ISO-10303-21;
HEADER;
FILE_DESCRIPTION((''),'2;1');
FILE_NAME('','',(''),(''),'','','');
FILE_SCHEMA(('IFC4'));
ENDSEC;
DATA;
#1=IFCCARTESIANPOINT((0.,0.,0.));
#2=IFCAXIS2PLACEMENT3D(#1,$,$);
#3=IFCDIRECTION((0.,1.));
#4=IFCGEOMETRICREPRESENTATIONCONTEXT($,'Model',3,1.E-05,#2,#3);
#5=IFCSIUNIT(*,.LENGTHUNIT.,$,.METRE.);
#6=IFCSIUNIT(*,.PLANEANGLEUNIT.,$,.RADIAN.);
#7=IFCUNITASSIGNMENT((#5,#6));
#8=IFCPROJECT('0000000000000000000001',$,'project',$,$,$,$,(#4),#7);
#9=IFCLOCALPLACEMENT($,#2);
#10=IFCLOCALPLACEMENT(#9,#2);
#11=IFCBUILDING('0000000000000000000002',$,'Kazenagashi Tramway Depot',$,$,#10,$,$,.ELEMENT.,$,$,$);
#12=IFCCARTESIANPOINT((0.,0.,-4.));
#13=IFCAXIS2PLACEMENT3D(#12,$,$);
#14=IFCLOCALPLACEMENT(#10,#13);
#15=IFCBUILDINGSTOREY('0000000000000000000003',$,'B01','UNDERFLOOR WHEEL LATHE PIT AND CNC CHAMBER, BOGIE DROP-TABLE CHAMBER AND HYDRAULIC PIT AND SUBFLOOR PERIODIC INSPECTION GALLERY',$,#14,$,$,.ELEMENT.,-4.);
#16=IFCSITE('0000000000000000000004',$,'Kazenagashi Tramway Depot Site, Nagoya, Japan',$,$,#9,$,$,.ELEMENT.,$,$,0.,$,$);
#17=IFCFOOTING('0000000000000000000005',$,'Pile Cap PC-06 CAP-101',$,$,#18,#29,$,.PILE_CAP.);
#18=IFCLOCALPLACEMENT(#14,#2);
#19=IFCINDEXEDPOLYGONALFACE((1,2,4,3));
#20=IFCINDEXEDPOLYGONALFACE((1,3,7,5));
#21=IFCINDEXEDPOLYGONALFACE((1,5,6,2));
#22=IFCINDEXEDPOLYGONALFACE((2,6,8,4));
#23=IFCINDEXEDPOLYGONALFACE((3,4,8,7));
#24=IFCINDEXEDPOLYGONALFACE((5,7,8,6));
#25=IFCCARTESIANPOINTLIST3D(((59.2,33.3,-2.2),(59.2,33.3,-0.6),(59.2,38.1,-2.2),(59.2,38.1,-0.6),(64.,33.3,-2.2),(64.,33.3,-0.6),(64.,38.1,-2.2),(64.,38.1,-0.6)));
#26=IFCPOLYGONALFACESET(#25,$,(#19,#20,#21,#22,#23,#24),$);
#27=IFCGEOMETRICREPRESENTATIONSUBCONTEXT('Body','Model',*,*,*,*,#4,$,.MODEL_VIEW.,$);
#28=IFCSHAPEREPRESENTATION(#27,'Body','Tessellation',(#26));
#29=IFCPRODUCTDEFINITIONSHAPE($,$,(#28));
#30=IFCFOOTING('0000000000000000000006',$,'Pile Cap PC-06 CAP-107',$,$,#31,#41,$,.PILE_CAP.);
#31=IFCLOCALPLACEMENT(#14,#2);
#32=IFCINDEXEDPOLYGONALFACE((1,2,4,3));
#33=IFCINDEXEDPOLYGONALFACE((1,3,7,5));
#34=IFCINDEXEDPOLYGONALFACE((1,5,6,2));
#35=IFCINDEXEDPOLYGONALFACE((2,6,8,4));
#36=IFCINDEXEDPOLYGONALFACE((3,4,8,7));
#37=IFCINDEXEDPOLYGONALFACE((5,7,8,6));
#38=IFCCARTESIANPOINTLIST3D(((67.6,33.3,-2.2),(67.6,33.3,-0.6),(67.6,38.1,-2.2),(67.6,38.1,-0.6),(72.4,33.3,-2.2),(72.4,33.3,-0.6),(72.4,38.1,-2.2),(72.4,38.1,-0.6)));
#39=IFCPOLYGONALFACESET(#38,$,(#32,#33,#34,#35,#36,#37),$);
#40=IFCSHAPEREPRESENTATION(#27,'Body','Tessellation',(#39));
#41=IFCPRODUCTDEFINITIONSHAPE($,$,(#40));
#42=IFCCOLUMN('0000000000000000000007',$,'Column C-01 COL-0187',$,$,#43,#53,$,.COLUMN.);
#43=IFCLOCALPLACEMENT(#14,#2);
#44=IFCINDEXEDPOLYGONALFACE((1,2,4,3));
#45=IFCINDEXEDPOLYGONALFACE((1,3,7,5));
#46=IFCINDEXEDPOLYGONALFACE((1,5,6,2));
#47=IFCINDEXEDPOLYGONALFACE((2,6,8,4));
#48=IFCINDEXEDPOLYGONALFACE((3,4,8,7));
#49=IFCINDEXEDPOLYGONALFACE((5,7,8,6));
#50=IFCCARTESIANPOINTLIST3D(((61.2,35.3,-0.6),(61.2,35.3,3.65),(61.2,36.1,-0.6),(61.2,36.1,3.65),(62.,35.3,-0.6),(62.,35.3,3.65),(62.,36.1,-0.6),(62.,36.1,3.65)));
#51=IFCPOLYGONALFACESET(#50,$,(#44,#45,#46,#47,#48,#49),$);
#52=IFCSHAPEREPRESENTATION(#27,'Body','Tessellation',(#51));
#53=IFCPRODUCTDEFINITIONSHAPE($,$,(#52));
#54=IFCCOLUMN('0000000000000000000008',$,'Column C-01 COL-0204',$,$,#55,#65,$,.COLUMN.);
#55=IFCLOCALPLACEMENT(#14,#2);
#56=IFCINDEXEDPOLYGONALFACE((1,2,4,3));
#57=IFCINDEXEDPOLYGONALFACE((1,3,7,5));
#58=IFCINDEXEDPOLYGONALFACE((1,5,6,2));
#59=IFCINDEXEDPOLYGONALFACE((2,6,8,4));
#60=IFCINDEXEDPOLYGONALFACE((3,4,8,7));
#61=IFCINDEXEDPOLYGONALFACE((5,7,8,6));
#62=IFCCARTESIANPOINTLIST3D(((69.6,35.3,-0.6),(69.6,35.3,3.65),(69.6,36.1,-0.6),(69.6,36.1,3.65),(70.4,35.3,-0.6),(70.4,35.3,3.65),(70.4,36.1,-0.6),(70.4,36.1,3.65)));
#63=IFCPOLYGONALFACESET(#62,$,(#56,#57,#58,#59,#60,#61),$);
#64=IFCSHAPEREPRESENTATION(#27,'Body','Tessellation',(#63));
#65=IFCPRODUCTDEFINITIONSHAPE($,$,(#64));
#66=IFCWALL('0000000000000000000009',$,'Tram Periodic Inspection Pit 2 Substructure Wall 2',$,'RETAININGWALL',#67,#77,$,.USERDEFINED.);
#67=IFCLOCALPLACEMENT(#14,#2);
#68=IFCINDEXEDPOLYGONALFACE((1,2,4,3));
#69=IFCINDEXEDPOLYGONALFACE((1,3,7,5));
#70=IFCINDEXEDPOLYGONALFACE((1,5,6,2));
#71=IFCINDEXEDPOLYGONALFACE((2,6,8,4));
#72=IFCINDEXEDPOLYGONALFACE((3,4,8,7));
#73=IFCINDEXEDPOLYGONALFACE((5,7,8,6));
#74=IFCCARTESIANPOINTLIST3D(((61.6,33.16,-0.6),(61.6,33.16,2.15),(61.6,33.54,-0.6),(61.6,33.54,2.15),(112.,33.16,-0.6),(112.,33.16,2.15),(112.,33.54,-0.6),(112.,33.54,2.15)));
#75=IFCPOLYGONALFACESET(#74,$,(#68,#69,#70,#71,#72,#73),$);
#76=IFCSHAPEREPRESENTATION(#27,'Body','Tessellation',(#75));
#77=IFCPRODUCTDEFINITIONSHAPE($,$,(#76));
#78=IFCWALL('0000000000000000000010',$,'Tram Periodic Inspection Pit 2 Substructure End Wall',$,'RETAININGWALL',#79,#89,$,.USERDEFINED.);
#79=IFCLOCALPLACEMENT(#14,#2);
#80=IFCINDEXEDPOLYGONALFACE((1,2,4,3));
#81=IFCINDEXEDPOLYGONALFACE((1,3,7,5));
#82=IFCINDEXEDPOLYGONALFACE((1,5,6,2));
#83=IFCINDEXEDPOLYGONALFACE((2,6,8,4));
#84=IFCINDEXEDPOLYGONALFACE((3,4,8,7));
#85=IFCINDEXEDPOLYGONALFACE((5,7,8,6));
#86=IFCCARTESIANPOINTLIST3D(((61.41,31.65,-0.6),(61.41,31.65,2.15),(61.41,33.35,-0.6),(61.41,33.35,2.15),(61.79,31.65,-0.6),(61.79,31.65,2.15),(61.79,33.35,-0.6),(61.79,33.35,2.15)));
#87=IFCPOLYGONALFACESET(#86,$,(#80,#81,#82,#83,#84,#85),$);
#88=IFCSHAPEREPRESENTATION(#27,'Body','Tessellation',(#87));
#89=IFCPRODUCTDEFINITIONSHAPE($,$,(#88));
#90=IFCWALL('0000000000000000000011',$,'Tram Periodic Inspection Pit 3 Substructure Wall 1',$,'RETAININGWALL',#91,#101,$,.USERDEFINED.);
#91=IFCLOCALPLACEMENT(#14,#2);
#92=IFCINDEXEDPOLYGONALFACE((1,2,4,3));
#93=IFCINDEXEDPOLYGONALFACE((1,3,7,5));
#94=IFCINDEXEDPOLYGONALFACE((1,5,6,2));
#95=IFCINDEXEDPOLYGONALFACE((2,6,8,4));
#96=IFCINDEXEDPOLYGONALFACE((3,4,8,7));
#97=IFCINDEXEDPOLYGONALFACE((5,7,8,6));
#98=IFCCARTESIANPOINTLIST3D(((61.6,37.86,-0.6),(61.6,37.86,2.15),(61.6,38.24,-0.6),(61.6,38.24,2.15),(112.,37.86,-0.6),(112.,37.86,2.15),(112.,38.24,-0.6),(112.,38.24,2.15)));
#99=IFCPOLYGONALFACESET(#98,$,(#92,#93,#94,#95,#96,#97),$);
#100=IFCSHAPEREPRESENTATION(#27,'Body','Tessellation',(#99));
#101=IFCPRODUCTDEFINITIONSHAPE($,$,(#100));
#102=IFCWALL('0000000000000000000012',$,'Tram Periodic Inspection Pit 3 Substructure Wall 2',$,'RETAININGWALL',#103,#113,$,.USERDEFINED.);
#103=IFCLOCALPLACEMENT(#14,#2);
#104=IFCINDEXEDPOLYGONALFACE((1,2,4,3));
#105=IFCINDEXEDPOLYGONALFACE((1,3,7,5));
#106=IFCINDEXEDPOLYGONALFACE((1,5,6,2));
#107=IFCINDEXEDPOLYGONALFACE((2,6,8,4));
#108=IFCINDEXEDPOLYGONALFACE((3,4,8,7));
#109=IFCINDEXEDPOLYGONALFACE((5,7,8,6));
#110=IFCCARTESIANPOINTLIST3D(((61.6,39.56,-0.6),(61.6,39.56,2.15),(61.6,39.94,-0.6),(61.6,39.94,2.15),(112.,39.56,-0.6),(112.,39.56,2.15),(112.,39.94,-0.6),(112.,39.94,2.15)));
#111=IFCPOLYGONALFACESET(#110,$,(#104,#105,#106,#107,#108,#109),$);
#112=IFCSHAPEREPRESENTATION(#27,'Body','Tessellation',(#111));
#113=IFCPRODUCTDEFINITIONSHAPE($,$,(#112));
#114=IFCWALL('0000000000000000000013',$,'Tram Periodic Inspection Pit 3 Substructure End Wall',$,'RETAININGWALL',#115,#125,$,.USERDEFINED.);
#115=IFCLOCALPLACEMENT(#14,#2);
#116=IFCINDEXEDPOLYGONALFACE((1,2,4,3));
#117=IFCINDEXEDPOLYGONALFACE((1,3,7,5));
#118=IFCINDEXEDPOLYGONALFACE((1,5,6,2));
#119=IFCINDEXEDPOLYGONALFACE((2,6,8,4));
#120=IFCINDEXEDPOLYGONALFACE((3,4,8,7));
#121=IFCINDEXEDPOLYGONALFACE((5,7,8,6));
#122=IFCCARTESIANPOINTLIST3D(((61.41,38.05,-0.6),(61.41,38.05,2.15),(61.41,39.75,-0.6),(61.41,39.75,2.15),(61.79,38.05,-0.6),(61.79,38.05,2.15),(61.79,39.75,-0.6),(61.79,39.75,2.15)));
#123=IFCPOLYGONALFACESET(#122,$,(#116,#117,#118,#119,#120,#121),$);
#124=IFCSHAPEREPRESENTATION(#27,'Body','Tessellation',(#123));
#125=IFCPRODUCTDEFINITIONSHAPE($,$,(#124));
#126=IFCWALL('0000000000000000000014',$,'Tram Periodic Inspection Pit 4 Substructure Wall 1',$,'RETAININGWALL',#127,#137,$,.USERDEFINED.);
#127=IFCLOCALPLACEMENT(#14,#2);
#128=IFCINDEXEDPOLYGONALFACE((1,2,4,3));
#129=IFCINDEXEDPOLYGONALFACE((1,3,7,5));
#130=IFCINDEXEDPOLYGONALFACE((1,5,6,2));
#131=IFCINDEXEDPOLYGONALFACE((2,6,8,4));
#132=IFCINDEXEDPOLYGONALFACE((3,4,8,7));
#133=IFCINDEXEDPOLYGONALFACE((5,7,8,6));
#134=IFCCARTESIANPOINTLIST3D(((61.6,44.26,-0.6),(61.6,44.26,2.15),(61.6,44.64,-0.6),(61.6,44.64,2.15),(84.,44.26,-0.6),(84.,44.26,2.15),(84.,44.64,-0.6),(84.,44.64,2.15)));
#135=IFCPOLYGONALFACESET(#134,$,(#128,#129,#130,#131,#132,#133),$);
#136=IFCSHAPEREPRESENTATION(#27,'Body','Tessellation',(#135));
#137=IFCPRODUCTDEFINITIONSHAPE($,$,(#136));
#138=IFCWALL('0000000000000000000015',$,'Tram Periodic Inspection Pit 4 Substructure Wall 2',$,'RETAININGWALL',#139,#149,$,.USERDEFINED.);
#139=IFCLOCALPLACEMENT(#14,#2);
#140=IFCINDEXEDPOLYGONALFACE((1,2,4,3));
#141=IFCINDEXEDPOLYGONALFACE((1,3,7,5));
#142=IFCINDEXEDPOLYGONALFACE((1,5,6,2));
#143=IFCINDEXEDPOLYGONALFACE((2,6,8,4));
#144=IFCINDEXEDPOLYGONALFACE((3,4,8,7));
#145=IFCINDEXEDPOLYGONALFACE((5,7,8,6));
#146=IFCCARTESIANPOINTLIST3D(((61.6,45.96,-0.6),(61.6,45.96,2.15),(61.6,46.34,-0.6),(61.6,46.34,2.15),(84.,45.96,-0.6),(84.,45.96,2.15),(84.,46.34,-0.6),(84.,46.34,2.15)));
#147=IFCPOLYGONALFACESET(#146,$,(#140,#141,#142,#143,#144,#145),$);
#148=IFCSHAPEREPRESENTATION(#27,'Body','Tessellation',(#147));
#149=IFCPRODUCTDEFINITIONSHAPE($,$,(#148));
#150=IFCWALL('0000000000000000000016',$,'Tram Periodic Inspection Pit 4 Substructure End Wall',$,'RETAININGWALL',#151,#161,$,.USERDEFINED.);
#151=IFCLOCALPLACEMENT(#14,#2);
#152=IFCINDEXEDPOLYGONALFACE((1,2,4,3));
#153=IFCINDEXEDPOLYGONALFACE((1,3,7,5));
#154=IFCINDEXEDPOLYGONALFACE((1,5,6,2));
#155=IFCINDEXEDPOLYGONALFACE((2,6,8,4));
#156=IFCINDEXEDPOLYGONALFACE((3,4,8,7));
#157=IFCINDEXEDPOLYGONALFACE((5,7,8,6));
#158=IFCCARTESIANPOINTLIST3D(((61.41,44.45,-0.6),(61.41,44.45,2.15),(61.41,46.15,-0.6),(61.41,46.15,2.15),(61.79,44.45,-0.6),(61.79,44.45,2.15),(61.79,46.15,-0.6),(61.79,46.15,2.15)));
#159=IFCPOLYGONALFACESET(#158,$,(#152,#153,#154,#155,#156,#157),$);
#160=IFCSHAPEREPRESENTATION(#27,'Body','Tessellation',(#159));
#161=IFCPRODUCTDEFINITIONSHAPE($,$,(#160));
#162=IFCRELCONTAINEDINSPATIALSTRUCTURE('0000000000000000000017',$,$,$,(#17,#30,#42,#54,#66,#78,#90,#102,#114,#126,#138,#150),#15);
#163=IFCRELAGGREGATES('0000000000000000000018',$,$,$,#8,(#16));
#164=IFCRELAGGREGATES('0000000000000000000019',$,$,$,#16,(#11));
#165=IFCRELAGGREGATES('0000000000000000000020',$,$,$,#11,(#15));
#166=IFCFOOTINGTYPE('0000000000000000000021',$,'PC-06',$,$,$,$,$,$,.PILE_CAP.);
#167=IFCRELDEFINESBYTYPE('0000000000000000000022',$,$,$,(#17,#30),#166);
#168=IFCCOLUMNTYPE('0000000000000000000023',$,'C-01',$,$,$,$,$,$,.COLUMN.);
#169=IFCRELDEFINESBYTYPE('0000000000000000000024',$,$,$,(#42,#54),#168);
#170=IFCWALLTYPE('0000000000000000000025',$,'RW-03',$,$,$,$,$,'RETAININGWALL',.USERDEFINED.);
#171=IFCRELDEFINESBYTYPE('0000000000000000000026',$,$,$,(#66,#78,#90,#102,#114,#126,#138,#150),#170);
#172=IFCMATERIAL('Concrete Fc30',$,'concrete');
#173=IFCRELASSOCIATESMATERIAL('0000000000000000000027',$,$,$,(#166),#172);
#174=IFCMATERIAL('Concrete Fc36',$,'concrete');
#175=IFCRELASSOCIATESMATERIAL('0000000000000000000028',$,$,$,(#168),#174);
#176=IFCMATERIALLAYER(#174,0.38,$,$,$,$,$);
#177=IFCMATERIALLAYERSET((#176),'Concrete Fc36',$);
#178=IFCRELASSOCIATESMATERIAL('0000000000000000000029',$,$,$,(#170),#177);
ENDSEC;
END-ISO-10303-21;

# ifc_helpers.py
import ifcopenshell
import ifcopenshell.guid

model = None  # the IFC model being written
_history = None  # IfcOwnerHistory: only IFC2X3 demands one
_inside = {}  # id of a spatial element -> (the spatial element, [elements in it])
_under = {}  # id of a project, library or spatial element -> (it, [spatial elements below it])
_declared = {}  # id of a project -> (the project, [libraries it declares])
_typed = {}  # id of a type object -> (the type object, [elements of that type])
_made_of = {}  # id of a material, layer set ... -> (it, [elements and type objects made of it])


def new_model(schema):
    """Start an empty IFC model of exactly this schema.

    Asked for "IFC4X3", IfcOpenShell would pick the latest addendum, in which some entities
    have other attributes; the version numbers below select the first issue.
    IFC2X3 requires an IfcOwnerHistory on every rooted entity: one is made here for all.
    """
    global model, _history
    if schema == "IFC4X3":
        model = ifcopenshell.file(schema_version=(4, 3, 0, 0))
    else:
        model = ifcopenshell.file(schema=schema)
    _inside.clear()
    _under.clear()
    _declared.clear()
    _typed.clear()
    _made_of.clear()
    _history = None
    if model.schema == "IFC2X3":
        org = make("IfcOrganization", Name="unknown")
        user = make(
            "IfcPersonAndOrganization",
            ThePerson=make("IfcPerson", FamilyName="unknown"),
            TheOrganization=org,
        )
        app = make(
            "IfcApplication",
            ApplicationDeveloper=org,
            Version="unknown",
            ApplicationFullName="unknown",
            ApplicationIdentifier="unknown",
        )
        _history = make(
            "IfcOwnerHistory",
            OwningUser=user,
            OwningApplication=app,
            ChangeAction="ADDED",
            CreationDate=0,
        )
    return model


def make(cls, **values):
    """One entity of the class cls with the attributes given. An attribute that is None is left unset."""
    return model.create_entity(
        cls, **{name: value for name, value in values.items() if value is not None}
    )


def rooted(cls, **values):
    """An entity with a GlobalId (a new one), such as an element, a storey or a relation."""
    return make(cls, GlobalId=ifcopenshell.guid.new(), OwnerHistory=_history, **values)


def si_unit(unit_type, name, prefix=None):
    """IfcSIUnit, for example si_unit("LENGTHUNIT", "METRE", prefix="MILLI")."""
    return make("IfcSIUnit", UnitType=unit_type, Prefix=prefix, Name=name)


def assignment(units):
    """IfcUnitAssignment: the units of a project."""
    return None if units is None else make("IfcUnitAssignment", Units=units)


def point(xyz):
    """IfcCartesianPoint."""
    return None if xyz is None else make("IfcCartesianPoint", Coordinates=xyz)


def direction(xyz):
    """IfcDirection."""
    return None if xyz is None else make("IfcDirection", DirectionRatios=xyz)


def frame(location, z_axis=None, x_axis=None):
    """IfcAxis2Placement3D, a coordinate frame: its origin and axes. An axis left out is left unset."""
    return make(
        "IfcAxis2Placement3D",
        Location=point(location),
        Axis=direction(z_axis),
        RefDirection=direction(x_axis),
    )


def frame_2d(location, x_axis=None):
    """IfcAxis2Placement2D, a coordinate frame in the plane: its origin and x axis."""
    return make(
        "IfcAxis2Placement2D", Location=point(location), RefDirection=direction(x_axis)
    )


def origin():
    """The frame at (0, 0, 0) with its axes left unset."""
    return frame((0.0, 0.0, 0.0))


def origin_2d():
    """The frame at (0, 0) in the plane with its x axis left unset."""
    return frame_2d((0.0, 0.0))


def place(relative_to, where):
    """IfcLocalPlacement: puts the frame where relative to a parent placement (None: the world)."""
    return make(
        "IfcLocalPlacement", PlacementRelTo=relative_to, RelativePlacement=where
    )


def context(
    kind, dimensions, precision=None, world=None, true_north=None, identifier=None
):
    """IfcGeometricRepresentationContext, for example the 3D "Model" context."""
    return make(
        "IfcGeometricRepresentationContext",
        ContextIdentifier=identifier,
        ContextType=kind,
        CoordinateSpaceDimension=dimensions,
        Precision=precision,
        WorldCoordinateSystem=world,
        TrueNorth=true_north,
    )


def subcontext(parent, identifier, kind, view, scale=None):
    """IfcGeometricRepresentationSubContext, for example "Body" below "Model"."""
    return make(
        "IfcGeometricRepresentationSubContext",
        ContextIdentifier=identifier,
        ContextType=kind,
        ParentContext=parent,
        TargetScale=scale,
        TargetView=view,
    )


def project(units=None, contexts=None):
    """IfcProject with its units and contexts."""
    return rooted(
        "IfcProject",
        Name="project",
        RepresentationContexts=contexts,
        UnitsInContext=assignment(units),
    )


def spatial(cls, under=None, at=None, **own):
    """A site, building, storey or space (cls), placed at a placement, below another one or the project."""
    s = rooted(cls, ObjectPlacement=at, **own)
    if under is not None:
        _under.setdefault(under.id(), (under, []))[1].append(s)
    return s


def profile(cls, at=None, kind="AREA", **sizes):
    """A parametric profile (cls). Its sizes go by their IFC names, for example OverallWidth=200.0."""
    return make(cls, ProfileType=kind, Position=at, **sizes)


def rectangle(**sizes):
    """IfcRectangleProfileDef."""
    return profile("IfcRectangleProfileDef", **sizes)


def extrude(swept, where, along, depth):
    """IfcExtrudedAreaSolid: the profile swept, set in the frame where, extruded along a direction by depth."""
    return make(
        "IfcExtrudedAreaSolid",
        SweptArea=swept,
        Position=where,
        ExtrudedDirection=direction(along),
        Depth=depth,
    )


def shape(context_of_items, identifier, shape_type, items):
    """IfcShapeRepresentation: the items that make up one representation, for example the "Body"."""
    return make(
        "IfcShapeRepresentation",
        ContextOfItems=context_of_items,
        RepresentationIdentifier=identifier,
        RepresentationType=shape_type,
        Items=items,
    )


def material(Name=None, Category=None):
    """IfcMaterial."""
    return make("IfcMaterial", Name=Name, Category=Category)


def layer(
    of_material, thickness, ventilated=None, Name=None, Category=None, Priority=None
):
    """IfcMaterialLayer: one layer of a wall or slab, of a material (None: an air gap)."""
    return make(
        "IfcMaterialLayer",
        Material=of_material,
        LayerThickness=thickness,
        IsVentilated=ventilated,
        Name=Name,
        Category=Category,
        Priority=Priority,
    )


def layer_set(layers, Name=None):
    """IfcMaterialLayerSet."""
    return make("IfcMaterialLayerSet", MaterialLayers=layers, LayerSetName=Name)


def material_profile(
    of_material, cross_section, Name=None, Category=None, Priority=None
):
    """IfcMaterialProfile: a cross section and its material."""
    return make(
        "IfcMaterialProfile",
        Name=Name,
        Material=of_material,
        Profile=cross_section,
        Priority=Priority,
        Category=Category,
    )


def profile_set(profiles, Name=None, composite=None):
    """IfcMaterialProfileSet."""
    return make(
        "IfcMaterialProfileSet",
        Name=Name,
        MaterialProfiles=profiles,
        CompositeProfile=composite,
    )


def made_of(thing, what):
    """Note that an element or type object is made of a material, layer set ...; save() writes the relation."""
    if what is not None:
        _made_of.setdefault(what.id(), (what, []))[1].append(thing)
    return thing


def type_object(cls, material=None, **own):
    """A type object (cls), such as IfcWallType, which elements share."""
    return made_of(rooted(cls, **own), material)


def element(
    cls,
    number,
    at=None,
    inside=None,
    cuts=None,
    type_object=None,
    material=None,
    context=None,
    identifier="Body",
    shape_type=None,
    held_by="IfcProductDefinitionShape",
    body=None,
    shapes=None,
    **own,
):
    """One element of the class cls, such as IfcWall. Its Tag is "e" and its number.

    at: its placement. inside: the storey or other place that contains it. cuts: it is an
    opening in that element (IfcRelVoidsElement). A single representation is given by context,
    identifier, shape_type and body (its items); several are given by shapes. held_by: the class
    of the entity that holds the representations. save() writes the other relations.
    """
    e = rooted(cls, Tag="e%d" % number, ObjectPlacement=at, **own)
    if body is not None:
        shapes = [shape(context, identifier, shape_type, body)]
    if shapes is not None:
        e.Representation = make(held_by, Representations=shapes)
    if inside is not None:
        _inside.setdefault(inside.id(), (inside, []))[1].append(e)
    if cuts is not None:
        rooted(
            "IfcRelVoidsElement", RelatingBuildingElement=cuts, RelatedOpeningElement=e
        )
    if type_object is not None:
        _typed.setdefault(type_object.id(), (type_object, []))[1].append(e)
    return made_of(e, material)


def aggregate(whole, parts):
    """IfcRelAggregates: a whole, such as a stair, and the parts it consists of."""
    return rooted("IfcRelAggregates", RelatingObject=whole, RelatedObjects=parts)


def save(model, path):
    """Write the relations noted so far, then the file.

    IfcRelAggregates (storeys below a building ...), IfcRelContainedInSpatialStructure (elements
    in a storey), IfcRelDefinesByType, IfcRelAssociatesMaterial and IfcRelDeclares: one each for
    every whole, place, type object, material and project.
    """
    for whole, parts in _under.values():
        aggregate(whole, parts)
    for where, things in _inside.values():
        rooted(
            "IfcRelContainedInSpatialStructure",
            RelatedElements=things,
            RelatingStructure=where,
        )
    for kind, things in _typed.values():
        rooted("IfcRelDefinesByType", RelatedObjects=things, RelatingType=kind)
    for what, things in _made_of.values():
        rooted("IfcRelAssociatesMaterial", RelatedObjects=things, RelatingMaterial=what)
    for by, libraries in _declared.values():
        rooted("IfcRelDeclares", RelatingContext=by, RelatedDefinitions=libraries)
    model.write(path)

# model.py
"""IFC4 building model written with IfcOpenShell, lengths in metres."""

from ifc_helpers import new_model, si_unit, direction, frame, frame_2d, origin, origin_2d, place, context, subcontext, project, spatial, rectangle, extrude, material, layer, layer_set, material_profile, profile_set, type_object, element, save


model = new_model("IFC4")

# Units and contexts
model_context = context("Model", 3, precision=1e-05, world=origin(), true_north=direction((0.0, 1.0)))
body_context = subcontext(model_context, "Body", "Model", "MODEL_VIEW")
ifc_project = project(units=[si_unit("LENGTHUNIT", "METRE"), si_unit("PLANEANGLEUNIT", "RADIAN")], contexts=[model_context])

# Site, building, storey
site_placement = place(None, origin())
site = spatial("IfcSite", under=ifc_project, at=site_placement, Name="Kazenagashi Tramway Depot Site, Nagoya, Japan", CompositionType="ELEMENT", RefElevation=0.0)
building_placement = place(site_placement, origin())
building = spatial("IfcBuilding", under=site, at=building_placement, Name="Kazenagashi Tramway Depot", CompositionType="ELEMENT")
storey_placement = place(building_placement, frame((0.0, 0.0, -4.0)))
storey = spatial("IfcBuildingStorey", under=building, at=storey_placement, Name="B01", Description="UNDERFLOOR WHEEL LATHE PIT AND CNC CHAMBER, BOGIE DROP-TABLE CHAMBER AND HYDRAULIC PIT AND SUBFLOOR PERIODIC INSPECTION GALLERY", CompositionType="ELEMENT", Elevation=-4.0)

# Shared definitions
ifc_material_1 = material(Name="Concrete Fc30", Category="concrete")

# Footings
footing_type = type_object("IfcFootingType", Name="PC-06", PredefinedType="PILE_CAP", material=ifc_material_1)
for number, where, z_axis, x_axis, name in (
    (1, (61.6, 35.7, -2.2), (0.0, 0.0, 1.0), (1.0, 0.0, 0.0), "Pile Cap PC-06 CAP-101"),
    (2, (70.0, 35.7, -2.2), (0.0, 0.0, 1.0), (1.0, 0.0, 0.0), "Pile Cap PC-06 CAP-107"),
):
    element("IfcFooting", number, at=place(storey_placement, frame(where, z_axis=z_axis, x_axis=x_axis)), inside=storey, type_object=footing_type, Name=name, PredefinedType="PILE_CAP", context=body_context, shape_type="SweptSolid", body=[
        extrude(rectangle(XDim=4.8, YDim=4.8, at=origin_2d()), origin(), (0.0, 0.0, 1.0), 1.6),
    ])

# Columns
ifc_material_2 = material(Name="Concrete Fc36", Category="concrete")
ifc_material_profile_1 = material_profile(ifc_material_2, rectangle(XDim=0.8, YDim=0.8, at=origin_2d()), Name="RC-800x800")
ifc_profile_set_1 = profile_set([ifc_material_profile_1], Name="Concrete Fc36")
column_type = type_object("IfcColumnType", Name="C-01", PredefinedType="COLUMN", material=ifc_profile_set_1)
for number, where, z_axis, x_axis, name in (
    (3, (61.6, 35.7, -0.6), (0.0, 0.0, 1.0), (1.0, 0.0, 0.0), "Column C-01 COL-0187"),
    (4, (70.0, 35.7, -0.6), (0.0, 0.0, 1.0), (1.0, 0.0, 0.0), "Column C-01 COL-0204"),
):
    element("IfcColumn", number, at=place(storey_placement, frame(where, z_axis=z_axis, x_axis=x_axis)), inside=storey, type_object=column_type, Name=name, PredefinedType="COLUMN", context=body_context, shape_type="SweptSolid", body=[
        extrude(rectangle(XDim=0.8, YDim=0.8, at=origin_2d()), origin(), (0.0, 0.0, 1.0), 4.25),
    ])

# Walls
ifc_layer = layer(ifc_material_2, 0.38)
ifc_layer_set = layer_set([ifc_layer], Name="Concrete Fc36")
wall_type = type_object("IfcWallType", Name="RW-03", ElementType="RETAININGWALL", PredefinedType="USERDEFINED", material=ifc_layer_set)
wall_1_placement = place(storey_placement, frame((61.6, 33.35, -0.6), z_axis=(0.0, 0.0, 1.0), x_axis=(1.0, 0.0, 0.0)))
element("IfcWall", 5, at=wall_1_placement, inside=storey, type_object=wall_type, Name="Tram Periodic Inspection Pit 2 Substructure Wall 2", ObjectType="RETAININGWALL", PredefinedType="USERDEFINED", context=body_context, shape_type="SweptSolid", body=[
    extrude(rectangle(XDim=50.4, YDim=0.38, at=frame_2d((25.2, 0.0))), origin(), (0.0, 0.0, 1.0), 2.75),
])
wall_2_placement = place(storey_placement, frame((61.6, 31.65, -0.6), z_axis=(0.0, 0.0, 1.0), x_axis=(0.0, 1.0, 0.0)))
element("IfcWall", 6, at=wall_2_placement, inside=storey, type_object=wall_type, Name="Tram Periodic Inspection Pit 2 Substructure End Wall", ObjectType="RETAININGWALL", PredefinedType="USERDEFINED", context=body_context, shape_type="SweptSolid", body=[
    extrude(rectangle(XDim=1.7, YDim=0.38, at=frame_2d((0.85, 0.0))), origin(), (0.0, 0.0, 1.0), 2.75),
])
for number, where, z_axis, x_axis, name in (
    (7, (61.6, 38.05, -0.6), (0.0, 0.0, 1.0), (1.0, 0.0, 0.0), "Tram Periodic Inspection Pit 3 Substructure Wall 1"),
    (8, (61.6, 39.75, -0.6), (0.0, 0.0, 1.0), (1.0, 0.0, 0.0), "Tram Periodic Inspection Pit 3 Substructure Wall 2"),
):
    element("IfcWall", number, at=place(storey_placement, frame(where, z_axis=z_axis, x_axis=x_axis)), inside=storey, type_object=wall_type, Name=name, ObjectType="RETAININGWALL", PredefinedType="USERDEFINED", context=body_context, shape_type="SweptSolid", body=[
        extrude(rectangle(XDim=50.4, YDim=0.38, at=frame_2d((25.2, 0.0))), origin(), (0.0, 0.0, 1.0), 2.75),
    ])
wall_3_placement = place(storey_placement, frame((61.6, 38.05, -0.6), z_axis=(0.0, 0.0, 1.0), x_axis=(0.0, 1.0, 0.0)))
element("IfcWall", 9, at=wall_3_placement, inside=storey, type_object=wall_type, Name="Tram Periodic Inspection Pit 3 Substructure End Wall", ObjectType="RETAININGWALL", PredefinedType="USERDEFINED", context=body_context, shape_type="SweptSolid", body=[
    extrude(rectangle(XDim=1.7, YDim=0.38, at=frame_2d((0.85, 0.0))), origin(), (0.0, 0.0, 1.0), 2.75),
])
for number, where, z_axis, x_axis, name in (
    (10, (61.6, 44.45, -0.6), (0.0, 0.0, 1.0), (1.0, 0.0, 0.0), "Tram Periodic Inspection Pit 4 Substructure Wall 1"),
    (11, (61.6, 46.15, -0.6), (0.0, 0.0, 1.0), (1.0, 0.0, 0.0), "Tram Periodic Inspection Pit 4 Substructure Wall 2"),
):
    element("IfcWall", number, at=place(storey_placement, frame(where, z_axis=z_axis, x_axis=x_axis)), inside=storey, type_object=wall_type, Name=name, ObjectType="RETAININGWALL", PredefinedType="USERDEFINED", context=body_context, shape_type="SweptSolid", body=[
        extrude(rectangle(XDim=22.4, YDim=0.38, at=frame_2d((11.2, 0.0))), origin(), (0.0, 0.0, 1.0), 2.75),
    ])
wall_4_placement = place(storey_placement, frame((61.6, 44.45, -0.6), z_axis=(0.0, 0.0, 1.0), x_axis=(0.0, 1.0, 0.0)))
element("IfcWall", 12, at=wall_4_placement, inside=storey, type_object=wall_type, Name="Tram Periodic Inspection Pit 4 Substructure End Wall", ObjectType="RETAININGWALL", PredefinedType="USERDEFINED", context=body_context, shape_type="SweptSolid", body=[
    extrude(rectangle(XDim=1.7, YDim=0.38, at=frame_2d((0.85, 0.0))), origin(), (0.0, 0.0, 1.0), 2.75),
])

save(model, "model.ifc")
